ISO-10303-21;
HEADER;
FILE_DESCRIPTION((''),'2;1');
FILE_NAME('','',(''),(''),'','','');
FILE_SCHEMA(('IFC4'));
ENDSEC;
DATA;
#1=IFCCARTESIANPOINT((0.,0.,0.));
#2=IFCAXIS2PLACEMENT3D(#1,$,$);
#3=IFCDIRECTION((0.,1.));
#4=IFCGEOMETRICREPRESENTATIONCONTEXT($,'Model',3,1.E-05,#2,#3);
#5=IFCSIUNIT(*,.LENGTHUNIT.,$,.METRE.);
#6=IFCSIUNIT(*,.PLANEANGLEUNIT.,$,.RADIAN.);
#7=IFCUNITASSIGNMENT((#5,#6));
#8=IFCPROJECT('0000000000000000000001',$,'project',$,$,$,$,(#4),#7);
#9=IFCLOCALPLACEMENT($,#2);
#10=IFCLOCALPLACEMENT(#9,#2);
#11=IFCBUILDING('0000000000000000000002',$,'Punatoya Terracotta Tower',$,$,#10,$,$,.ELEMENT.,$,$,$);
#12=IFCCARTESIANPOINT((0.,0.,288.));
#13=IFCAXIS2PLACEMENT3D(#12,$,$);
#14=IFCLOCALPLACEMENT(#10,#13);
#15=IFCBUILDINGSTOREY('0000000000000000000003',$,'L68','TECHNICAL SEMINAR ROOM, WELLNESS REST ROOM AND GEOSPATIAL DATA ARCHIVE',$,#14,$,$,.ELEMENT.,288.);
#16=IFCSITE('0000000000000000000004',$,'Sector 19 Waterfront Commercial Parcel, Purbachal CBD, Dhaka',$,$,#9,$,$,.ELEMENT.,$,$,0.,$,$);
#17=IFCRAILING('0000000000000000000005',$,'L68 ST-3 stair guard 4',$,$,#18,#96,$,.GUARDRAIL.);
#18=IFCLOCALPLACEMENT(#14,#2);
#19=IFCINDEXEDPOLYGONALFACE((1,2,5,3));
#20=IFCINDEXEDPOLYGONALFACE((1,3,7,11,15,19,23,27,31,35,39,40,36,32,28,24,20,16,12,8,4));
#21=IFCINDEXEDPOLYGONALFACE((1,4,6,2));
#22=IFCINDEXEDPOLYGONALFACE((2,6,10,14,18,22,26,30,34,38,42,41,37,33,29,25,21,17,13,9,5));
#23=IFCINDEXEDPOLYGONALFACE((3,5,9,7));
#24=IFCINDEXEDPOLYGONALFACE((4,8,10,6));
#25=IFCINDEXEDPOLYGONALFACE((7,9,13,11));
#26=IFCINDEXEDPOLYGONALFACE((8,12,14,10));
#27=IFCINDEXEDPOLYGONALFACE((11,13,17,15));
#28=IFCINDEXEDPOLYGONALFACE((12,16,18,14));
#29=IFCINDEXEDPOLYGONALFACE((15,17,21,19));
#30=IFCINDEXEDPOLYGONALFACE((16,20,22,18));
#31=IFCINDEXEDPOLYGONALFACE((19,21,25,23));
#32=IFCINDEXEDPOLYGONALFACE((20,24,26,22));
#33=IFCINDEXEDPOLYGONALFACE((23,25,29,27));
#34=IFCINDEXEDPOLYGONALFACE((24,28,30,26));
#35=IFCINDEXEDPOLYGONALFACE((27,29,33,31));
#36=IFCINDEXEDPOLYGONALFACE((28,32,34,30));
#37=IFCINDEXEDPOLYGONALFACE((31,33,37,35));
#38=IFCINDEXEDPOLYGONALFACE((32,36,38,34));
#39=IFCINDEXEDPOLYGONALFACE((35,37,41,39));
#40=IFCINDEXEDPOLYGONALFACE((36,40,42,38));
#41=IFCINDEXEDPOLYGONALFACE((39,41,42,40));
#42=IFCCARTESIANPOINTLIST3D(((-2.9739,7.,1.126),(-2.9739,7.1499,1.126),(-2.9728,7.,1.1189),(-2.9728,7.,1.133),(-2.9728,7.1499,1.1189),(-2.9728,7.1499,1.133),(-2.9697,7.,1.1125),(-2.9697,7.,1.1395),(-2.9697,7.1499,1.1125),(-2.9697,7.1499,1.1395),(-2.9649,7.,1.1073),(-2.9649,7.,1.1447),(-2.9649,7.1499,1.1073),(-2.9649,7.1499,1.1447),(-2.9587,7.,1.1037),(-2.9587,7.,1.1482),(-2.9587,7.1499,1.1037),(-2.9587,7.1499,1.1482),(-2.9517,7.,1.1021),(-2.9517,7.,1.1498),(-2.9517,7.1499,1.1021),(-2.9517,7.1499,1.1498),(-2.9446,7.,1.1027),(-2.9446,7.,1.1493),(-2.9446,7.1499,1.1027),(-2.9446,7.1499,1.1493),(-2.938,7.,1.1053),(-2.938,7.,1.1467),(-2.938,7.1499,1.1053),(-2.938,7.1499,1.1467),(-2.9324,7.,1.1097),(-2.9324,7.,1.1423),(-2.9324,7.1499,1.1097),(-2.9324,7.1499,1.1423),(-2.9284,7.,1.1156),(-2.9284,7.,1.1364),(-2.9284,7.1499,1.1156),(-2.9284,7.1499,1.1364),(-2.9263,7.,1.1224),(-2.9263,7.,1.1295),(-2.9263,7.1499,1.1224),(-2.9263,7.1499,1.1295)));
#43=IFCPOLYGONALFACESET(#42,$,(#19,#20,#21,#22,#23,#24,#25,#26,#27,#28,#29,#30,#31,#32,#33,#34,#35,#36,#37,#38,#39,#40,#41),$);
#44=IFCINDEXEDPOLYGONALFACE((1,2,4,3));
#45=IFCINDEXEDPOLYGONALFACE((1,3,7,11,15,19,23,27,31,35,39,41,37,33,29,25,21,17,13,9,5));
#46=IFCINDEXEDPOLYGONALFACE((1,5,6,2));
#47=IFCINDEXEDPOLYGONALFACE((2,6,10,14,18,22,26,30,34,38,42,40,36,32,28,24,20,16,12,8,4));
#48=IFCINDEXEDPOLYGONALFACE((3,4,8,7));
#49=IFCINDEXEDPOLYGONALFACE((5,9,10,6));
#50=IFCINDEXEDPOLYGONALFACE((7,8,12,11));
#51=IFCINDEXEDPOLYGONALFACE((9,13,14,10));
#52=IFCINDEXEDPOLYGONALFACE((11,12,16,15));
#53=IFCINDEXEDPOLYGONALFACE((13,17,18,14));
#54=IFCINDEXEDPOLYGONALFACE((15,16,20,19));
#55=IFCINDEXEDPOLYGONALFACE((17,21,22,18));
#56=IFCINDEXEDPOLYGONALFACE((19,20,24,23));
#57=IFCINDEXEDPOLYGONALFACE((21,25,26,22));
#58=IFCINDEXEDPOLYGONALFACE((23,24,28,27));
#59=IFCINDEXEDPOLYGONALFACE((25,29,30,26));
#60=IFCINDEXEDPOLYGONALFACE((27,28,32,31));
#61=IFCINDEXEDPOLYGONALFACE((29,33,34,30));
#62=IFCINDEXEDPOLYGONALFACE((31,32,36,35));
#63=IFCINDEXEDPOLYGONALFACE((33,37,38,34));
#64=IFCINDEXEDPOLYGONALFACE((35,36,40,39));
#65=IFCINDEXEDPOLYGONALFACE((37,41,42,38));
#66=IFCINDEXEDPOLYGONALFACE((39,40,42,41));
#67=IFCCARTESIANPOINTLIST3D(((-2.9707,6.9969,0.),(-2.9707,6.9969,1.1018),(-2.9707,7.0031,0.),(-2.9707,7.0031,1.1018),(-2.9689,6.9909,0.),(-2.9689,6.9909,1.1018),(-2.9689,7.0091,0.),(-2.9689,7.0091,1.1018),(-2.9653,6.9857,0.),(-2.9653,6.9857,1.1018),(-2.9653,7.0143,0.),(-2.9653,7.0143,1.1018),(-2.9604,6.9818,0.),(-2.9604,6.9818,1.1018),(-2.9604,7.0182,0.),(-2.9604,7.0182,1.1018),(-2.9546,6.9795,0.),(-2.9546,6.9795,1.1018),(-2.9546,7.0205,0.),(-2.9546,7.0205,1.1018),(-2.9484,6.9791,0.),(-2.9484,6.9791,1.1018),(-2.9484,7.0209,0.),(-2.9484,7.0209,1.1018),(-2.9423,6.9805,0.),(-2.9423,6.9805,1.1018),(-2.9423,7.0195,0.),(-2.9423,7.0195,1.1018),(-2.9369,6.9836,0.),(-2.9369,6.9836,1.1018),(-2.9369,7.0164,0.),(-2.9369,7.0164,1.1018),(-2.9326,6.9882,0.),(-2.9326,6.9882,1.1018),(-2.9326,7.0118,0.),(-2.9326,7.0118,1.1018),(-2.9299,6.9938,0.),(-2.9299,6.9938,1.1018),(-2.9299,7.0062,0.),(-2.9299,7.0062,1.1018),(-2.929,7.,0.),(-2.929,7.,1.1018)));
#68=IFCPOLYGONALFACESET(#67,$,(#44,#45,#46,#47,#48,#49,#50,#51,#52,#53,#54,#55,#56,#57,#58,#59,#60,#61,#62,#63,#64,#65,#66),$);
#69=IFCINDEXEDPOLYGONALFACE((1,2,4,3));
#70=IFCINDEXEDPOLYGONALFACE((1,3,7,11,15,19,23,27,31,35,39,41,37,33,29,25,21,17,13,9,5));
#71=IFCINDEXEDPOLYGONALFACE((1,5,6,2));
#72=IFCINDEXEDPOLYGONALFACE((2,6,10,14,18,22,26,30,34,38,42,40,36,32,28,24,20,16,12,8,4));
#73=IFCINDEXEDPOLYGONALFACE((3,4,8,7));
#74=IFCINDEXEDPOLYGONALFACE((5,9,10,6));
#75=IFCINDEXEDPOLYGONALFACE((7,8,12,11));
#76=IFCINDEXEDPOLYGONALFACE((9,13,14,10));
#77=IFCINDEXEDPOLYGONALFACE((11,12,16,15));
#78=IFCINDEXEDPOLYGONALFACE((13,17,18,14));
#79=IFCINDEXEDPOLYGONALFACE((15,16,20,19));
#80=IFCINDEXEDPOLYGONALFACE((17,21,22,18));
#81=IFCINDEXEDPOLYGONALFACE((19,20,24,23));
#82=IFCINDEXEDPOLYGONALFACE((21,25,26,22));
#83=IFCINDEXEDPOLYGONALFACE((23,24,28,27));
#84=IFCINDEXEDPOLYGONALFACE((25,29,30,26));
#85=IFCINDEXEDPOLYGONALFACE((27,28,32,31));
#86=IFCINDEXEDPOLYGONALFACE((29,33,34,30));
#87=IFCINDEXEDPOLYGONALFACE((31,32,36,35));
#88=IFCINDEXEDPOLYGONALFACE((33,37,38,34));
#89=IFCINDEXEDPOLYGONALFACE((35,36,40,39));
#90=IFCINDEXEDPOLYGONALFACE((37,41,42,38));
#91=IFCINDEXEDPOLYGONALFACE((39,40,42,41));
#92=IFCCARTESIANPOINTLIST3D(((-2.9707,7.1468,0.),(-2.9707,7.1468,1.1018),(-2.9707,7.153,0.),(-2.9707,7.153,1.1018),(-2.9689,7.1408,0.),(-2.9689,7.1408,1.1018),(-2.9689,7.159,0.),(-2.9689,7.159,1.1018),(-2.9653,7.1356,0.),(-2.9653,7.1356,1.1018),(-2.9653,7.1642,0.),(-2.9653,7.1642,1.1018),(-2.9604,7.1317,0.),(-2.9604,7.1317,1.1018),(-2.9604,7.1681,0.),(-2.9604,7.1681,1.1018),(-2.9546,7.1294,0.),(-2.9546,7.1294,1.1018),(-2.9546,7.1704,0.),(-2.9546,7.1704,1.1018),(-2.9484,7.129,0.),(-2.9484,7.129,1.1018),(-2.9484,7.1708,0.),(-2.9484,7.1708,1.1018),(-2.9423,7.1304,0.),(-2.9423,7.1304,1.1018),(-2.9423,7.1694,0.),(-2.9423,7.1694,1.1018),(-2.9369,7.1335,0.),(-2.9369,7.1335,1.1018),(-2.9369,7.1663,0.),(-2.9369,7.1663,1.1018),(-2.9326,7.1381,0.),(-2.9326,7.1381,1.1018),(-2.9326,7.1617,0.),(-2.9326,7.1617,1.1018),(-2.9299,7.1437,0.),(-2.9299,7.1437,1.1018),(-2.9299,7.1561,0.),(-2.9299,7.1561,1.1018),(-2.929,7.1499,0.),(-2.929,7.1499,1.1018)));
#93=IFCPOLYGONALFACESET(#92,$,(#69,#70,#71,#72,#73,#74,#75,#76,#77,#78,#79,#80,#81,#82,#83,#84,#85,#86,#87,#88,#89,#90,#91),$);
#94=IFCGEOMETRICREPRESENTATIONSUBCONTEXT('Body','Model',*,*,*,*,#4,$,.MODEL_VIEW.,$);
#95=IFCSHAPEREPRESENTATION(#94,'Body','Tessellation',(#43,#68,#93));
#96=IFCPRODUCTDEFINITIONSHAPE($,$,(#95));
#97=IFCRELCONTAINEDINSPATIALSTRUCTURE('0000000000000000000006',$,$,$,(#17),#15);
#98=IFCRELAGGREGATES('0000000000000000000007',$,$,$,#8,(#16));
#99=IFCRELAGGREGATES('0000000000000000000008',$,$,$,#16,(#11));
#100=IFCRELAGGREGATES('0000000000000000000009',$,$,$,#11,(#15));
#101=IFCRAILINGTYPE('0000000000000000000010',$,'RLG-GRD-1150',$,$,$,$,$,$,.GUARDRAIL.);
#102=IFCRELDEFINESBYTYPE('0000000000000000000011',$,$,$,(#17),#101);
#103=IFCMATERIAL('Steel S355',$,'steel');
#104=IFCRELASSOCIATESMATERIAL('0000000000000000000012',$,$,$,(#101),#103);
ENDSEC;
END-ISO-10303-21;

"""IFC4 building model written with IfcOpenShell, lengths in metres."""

from ifc_helpers import new_model, si_unit, direction, frame, origin, origin_2d, place, context, subcontext, project, spatial, circle, extrude, material, type_object, element, save


model = new_model("IFC4")

# Units and contexts
model_context = context("Model", 3, precision=1e-05, world=origin(), true_north=direction((0.0, 1.0)))
body_context = subcontext(model_context, "Body", "Model", "MODEL_VIEW")
ifc_project = project(units=[si_unit("LENGTHUNIT", "METRE"), si_unit("PLANEANGLEUNIT", "RADIAN")], contexts=[model_context])

# Site, building, storey
site_placement = place(None, origin())
site = spatial("IfcSite", under=ifc_project, at=site_placement, Name="Sector 19 Waterfront Commercial Parcel, Purbachal CBD, Dhaka", CompositionType="ELEMENT", RefElevation=0.0)
building_placement = place(site_placement, origin())
building = spatial("IfcBuilding", under=site, at=building_placement, Name="Punatoya Terracotta Tower", CompositionType="ELEMENT")
storey_placement = place(building_placement, frame((0.0, 0.0, 288.0)))
storey = spatial("IfcBuildingStorey", under=building, at=storey_placement, Name="L68", Description="TECHNICAL SEMINAR ROOM, WELLNESS REST ROOM AND GEOSPATIAL DATA ARCHIVE", CompositionType="ELEMENT", Elevation=288.0)

# Shared definitions
ifc_material_1 = material(Name="Steel S355", Category="steel")

# Railing
railing_type_1 = type_object("IfcRailingType", Name="RLG-GRD-1150", PredefinedType="GUARDRAIL", material=ifc_material_1)
railing_1_placement = place(storey_placement, frame((-2.95, 7.0, 0.0)))
element("IfcRailing", 1, at=railing_1_placement, inside=storey, type_object=railing_type_1, Name="L68 ST-3 stair guard 4", PredefinedType="GUARDRAIL", context=body_context, shape_type="SweptSolid", body=[
    extrude(circle(Radius=0.0239, at=origin_2d()), frame((0.0, 0.0, 1.126), z_axis=(0.0, 1.0, 0.0), x_axis=(-1.0, 0.0, 0.0)), (0.0, 0.0, 1.0), 0.1499),
    extrude(circle(Radius=0.021, at=origin_2d()), origin(), (0.0, 0.0, 1.0), 1.1018),
    extrude(circle(Radius=0.021, at=origin_2d()), frame((0.0, 0.1499, 0.0)), (0.0, 0.0, 1.0), 1.1018),
])

save(model, "model.ifc")
